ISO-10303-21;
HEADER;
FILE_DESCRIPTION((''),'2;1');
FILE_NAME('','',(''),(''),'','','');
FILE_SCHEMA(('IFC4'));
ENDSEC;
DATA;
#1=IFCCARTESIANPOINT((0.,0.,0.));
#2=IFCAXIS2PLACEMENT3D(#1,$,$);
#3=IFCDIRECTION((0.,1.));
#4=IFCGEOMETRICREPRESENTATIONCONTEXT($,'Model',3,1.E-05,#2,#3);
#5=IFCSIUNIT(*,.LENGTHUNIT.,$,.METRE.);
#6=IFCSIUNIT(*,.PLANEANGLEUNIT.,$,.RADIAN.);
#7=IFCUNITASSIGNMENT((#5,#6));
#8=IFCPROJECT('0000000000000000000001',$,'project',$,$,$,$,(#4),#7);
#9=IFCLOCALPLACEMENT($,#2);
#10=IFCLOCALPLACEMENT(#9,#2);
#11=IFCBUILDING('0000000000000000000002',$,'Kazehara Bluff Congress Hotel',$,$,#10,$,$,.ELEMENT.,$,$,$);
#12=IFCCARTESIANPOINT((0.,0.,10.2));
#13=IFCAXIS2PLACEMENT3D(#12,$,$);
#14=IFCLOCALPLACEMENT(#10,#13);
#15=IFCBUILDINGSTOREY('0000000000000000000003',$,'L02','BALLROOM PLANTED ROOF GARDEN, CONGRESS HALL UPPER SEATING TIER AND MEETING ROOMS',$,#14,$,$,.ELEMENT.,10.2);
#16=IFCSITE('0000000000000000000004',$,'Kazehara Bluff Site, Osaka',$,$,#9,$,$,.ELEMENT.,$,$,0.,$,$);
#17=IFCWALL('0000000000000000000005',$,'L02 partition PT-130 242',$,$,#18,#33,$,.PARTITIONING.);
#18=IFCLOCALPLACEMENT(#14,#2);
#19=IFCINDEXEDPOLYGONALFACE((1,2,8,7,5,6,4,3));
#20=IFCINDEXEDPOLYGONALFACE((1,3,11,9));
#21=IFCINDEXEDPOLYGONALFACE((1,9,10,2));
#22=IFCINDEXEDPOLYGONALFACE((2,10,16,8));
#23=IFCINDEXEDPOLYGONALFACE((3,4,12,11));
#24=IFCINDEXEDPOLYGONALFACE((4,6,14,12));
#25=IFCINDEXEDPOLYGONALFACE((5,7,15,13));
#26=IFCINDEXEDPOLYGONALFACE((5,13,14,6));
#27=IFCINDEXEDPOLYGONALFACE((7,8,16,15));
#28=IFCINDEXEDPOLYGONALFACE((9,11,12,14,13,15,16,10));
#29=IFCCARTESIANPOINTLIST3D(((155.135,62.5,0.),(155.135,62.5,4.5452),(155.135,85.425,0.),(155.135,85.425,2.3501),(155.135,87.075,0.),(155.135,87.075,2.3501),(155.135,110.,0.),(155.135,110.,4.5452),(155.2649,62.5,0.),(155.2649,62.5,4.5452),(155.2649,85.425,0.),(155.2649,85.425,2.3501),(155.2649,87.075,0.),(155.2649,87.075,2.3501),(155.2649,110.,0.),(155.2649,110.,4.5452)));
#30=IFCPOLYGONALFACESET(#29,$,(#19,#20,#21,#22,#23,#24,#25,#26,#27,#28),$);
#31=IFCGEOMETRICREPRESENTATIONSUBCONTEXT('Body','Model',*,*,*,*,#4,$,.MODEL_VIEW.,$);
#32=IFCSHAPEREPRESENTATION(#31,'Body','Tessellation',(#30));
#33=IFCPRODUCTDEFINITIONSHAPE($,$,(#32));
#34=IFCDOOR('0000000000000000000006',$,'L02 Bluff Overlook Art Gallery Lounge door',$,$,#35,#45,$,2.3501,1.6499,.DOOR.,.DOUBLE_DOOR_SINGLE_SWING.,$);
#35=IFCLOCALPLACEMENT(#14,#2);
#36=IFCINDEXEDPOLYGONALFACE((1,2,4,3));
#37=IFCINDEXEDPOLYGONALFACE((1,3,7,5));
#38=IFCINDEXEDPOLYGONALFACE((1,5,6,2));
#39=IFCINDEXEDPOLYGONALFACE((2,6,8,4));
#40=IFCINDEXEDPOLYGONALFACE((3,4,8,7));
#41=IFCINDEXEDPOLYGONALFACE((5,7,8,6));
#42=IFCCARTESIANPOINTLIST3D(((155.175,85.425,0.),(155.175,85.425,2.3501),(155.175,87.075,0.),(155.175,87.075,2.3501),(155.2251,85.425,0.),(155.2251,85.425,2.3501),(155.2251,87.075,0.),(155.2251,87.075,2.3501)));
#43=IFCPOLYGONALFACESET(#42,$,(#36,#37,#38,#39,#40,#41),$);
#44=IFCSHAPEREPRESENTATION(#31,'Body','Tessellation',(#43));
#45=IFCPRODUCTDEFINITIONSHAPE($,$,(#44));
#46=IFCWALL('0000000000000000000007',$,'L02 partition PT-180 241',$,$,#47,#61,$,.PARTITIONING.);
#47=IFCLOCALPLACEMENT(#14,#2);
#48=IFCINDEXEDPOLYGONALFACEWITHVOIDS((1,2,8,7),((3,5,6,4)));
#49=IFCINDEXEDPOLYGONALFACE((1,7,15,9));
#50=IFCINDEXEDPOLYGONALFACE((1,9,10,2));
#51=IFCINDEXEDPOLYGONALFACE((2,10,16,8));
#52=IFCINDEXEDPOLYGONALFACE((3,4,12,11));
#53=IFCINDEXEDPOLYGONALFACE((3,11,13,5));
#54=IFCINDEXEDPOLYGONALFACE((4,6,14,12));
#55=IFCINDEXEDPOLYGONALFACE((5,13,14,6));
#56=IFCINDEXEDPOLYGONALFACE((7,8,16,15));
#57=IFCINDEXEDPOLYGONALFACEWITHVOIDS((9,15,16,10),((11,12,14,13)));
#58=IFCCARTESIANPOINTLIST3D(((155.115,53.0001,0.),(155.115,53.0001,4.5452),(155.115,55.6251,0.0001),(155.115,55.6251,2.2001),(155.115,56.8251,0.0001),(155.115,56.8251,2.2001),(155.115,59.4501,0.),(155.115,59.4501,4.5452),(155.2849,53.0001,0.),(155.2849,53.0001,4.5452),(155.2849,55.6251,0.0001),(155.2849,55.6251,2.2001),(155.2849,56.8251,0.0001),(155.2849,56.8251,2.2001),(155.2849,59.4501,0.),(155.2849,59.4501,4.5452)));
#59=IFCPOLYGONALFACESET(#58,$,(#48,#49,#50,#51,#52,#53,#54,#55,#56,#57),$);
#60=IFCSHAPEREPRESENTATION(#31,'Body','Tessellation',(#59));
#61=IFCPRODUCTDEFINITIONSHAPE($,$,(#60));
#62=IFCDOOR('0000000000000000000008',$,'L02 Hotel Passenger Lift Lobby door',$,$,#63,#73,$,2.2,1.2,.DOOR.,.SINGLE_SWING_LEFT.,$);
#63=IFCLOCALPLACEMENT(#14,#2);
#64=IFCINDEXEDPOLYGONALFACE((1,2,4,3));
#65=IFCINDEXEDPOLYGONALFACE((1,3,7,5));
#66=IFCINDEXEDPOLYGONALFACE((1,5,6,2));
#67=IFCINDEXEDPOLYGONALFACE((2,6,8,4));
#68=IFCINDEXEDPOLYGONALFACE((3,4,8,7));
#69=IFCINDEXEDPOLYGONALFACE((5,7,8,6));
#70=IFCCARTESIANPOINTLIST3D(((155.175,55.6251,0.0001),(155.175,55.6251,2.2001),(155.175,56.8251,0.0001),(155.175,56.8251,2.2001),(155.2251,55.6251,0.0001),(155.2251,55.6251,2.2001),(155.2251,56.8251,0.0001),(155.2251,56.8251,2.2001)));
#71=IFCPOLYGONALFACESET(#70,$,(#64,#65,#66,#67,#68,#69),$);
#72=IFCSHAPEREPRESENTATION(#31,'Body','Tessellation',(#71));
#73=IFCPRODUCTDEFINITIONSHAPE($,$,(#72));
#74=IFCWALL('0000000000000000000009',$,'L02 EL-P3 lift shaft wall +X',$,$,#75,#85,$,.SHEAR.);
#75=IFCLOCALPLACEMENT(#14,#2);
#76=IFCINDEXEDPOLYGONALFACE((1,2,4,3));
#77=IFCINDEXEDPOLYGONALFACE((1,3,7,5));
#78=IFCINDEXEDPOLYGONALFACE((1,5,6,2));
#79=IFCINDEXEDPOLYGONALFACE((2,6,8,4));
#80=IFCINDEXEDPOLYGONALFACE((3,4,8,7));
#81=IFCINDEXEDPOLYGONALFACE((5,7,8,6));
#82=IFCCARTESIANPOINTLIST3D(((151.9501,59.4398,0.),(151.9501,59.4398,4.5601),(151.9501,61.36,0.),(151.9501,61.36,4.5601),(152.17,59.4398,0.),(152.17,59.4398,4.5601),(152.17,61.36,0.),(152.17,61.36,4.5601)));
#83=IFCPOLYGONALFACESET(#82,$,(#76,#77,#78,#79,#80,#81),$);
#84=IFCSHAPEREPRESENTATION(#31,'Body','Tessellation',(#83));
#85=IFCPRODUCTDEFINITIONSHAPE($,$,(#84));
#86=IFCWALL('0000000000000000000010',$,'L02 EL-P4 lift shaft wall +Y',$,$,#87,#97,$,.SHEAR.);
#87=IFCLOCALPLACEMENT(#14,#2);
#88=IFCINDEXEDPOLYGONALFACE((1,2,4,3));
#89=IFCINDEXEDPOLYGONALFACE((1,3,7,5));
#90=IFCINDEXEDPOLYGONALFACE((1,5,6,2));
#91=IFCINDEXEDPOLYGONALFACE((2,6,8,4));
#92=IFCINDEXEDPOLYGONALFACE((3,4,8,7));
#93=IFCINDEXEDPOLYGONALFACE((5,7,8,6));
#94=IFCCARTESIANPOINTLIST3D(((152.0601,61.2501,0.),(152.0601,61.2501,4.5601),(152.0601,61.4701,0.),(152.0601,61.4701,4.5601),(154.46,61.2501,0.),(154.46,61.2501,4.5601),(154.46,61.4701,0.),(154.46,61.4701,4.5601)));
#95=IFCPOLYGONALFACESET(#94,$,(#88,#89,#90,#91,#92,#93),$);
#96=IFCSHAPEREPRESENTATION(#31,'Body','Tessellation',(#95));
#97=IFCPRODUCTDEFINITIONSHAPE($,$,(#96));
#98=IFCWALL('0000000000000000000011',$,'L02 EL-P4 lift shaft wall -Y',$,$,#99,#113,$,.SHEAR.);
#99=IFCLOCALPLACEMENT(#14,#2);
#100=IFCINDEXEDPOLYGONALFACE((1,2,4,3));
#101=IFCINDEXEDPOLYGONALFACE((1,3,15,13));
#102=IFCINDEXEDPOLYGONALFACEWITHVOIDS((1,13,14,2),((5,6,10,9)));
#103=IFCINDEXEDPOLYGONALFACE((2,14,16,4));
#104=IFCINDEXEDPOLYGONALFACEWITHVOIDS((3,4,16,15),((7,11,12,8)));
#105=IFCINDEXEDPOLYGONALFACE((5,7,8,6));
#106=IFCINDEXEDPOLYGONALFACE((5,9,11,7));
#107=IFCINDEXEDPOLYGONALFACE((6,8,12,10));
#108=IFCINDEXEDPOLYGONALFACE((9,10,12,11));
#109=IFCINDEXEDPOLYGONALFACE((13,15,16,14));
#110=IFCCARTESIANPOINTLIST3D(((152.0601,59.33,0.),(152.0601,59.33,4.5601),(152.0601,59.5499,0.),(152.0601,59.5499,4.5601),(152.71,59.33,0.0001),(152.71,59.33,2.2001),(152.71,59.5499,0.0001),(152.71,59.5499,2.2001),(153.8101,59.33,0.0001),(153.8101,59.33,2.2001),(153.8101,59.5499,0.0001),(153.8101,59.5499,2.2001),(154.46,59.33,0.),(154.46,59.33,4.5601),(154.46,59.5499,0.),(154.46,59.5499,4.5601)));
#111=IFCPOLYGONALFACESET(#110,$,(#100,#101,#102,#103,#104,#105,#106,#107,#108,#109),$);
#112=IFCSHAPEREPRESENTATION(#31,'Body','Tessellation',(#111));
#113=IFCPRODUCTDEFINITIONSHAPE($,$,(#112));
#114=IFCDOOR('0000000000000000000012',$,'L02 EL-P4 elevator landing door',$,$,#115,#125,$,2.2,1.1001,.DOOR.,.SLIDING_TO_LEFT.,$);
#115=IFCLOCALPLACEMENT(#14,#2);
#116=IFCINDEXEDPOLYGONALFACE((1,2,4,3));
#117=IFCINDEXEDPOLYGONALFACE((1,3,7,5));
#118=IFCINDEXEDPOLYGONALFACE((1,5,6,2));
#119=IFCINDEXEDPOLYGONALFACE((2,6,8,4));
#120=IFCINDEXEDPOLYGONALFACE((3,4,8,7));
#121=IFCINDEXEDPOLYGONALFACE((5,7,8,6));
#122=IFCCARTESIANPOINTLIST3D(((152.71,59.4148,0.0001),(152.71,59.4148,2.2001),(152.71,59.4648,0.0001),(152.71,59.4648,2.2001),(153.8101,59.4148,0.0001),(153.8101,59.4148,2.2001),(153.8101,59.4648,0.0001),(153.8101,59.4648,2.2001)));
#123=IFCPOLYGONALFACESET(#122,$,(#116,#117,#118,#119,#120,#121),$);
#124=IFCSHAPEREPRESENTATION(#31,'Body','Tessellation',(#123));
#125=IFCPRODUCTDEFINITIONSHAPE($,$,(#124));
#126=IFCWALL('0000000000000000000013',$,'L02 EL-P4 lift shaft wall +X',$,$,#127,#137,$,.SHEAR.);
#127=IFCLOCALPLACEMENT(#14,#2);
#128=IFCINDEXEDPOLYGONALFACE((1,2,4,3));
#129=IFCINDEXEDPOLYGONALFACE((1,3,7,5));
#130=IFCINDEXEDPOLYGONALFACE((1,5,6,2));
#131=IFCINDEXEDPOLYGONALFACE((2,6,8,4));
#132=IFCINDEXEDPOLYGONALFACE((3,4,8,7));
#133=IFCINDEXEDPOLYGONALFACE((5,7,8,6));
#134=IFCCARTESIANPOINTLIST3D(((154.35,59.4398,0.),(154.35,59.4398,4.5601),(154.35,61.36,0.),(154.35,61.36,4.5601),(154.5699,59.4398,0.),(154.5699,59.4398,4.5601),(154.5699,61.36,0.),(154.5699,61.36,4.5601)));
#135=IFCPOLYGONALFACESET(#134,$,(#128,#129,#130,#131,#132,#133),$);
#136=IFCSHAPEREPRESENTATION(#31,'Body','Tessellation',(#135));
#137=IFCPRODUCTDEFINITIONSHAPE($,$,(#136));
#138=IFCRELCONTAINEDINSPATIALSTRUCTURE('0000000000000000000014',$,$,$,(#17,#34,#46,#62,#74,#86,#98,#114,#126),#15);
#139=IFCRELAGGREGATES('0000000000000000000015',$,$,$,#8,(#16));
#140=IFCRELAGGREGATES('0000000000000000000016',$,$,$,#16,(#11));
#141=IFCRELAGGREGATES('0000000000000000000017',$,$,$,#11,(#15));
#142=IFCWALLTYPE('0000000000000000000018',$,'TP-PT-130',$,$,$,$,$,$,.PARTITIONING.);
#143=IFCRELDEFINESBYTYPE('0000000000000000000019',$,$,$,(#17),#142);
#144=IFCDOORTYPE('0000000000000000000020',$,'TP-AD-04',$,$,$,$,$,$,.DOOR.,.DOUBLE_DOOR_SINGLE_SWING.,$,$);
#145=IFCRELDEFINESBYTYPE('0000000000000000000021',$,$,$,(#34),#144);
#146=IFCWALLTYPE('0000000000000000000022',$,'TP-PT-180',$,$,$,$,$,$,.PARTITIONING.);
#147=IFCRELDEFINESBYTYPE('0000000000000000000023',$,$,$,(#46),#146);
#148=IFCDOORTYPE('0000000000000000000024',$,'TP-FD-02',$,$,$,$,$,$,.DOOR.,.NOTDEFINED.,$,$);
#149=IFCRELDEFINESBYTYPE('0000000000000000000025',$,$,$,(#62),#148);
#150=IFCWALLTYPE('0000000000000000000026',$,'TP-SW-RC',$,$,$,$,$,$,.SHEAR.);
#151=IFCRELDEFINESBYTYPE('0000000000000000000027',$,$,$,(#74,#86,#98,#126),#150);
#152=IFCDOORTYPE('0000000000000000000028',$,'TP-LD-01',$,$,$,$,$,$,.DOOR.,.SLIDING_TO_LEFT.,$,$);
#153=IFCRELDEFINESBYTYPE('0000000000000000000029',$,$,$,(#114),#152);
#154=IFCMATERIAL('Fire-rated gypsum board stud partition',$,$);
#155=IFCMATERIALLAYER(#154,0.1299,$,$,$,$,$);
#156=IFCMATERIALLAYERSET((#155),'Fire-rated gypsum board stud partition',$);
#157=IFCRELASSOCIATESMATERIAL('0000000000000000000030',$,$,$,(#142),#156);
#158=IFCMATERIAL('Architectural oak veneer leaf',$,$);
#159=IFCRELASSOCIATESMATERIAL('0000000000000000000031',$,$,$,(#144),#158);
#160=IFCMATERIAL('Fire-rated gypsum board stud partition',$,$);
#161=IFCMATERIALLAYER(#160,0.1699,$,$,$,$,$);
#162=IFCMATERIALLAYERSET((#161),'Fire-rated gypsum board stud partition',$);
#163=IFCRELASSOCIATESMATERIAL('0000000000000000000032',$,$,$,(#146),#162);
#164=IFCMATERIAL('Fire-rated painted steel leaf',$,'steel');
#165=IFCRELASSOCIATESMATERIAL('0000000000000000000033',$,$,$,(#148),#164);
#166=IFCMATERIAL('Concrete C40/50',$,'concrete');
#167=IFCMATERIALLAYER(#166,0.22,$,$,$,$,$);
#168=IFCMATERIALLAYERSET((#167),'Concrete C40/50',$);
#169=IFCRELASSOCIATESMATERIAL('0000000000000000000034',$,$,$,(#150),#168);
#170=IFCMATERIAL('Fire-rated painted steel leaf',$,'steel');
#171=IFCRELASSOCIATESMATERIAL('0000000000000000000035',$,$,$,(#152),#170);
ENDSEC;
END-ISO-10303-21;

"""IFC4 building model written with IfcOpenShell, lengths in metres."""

from ifc_helpers import new_model, si_unit, direction, frame, frame_2d, origin, place, context, subcontext, project, spatial, rectangle, extrude, material, layer, layer_set, type_object, element, fill, save


model = new_model("IFC4")

# Units and contexts
model_context = context("Model", 3, precision=1e-05, world=origin(), true_north=direction((0.0, 1.0)))
body_context = subcontext(model_context, "Body", "Model", "MODEL_VIEW")
ifc_project = project(units=[si_unit("LENGTHUNIT", "METRE"), si_unit("PLANEANGLEUNIT", "RADIAN")], contexts=[model_context])

# Site, building, storey
site_placement = place(None, origin())
site = spatial("IfcSite", under=ifc_project, at=site_placement, Name="Kazehara Bluff Site, Osaka", CompositionType="ELEMENT", RefElevation=0.0)
building_placement = place(site_placement, origin())
building = spatial("IfcBuilding", under=site, at=building_placement, Name="Kazehara Bluff Congress Hotel", CompositionType="ELEMENT")
storey_placement = place(building_placement, frame((0.0, 0.0, 10.2)))
storey = spatial("IfcBuildingStorey", under=building, at=storey_placement, Name="L02", Description="BALLROOM PLANTED ROOF GARDEN, CONGRESS HALL UPPER SEATING TIER AND MEETING ROOMS", CompositionType="ELEMENT", Elevation=10.2)

# Walls, openings, doors
ifc_material_1 = material(Name="Fire-rated gypsum board stud partition")
ifc_layer_1 = layer(ifc_material_1, 0.1299)
ifc_layer_set_1 = layer_set([ifc_layer_1], Name="Fire-rated gypsum board stud partition")
wall_type_1 = type_object("IfcWallType", Name="TP-PT-130", PredefinedType="PARTITIONING", material=ifc_layer_set_1)
wall_1_placement = place(storey_placement, frame((155.2, 62.5, 0.0), z_axis=(0.0, 0.0, 1.0), x_axis=(0.0, 1.0, 0.0)))
wall_1 = element("IfcWall", 1, at=wall_1_placement, inside=storey, type_object=wall_type_1, Name="L02 partition PT-130 242", PredefinedType="PARTITIONING", context=body_context, shape_type="SweptSolid", body=[
    extrude(rectangle(XDim=47.5, YDim=0.1299, at=frame_2d((23.75, 0.0))), origin(), (0.0, 0.0, 1.0), 4.5452),
])
opening_1_placement = place(wall_1_placement, frame((22.925, 0.0, 0.0)))
opening_1 = element("IfcOpeningElement", 2, at=opening_1_placement, cuts=wall_1, PredefinedType="OPENING", context=body_context, shape_type="SweptSolid", body=[
    extrude(rectangle(XDim=1.6499, YDim=2.3501, at=frame_2d((0.825, 1.175))), frame((0.0, 0.075, 0.0), z_axis=(0.0, -1.0, 0.0), x_axis=(1.0, 0.0, 0.0)), (0.0, 0.0, 1.0), 0.1499),
])
ifc_material_2 = material(Name="Architectural oak veneer leaf")
door_type_1 = type_object("IfcDoorType", Name="TP-AD-04", OperationType="DOUBLE_DOOR_SINGLE_SWING", PredefinedType="DOOR", material=ifc_material_2)
door_1_placement = place(opening_1_placement, origin())
door_1 = element("IfcDoor", 3, at=door_1_placement, inside=storey, type_object=door_type_1, Name="L02 Bluff Overlook Art Gallery Lounge door", OperationType="DOUBLE_DOOR_SINGLE_SWING", OverallHeight=2.3501, OverallWidth=1.6499, PredefinedType="DOOR", context=body_context, shape_type="SweptSolid", body=[
    extrude(rectangle(XDim=1.6499, YDim=2.3501, at=frame_2d((0.825, 1.175))), frame((0.0, 0.0249, 0.0), z_axis=(0.0, -1.0, 0.0), x_axis=(1.0, 0.0, 0.0)), (0.0, 0.0, 1.0), 0.05),
])
fill(opening_1, door_1)
ifc_material_3 = material(Name="Fire-rated gypsum board stud partition")
ifc_layer_2 = layer(ifc_material_3, 0.1699)
ifc_layer_set_2 = layer_set([ifc_layer_2], Name="Fire-rated gypsum board stud partition")
wall_type_2 = type_object("IfcWallType", Name="TP-PT-180", PredefinedType="PARTITIONING", material=ifc_layer_set_2)
wall_2_placement = place(storey_placement, frame((155.2, 53.0, 0.0), z_axis=(0.0, 0.0, 1.0), x_axis=(0.0, 1.0, 0.0)))
wall_2 = element("IfcWall", 4, at=wall_2_placement, inside=storey, type_object=wall_type_2, Name="L02 partition PT-180 241", PredefinedType="PARTITIONING", context=body_context, shape_type="SweptSolid", body=[
    extrude(rectangle(XDim=6.45, YDim=0.1699, at=frame_2d((3.2251, 0.0))), origin(), (0.0, 0.0, 1.0), 4.5452),
])
opening_2_placement = place(wall_2_placement, frame((2.625, 0.0, 0.0)))
opening_2 = element("IfcOpeningElement", 5, at=opening_2_placement, cuts=wall_2, PredefinedType="OPENING", context=body_context, shape_type="SweptSolid", body=[
    extrude(rectangle(XDim=1.2, YDim=2.2, at=frame_2d((0.6001, 1.1001))), frame((0.0, 0.095, 0.0), z_axis=(0.0, -1.0, 0.0), x_axis=(1.0, 0.0, 0.0)), (0.0, 0.0, 1.0), 0.1899),
])
ifc_material_4 = material(Name="Fire-rated painted steel leaf", Category="steel")
door_type_2 = type_object("IfcDoorType", Name="TP-FD-02", OperationType="NOTDEFINED", PredefinedType="DOOR", material=ifc_material_4)
door_2_placement = place(opening_2_placement, origin())
door_2 = element("IfcDoor", 6, at=door_2_placement, inside=storey, type_object=door_type_2, Name="L02 Hotel Passenger Lift Lobby door", OperationType="SINGLE_SWING_LEFT", OverallHeight=2.2, OverallWidth=1.2, PredefinedType="DOOR", context=body_context, shape_type="SweptSolid", body=[
    extrude(rectangle(XDim=1.2, YDim=2.2, at=frame_2d((0.6001, 1.1001))), frame((0.0, 0.0249, 0.0), z_axis=(0.0, -1.0, 0.0), x_axis=(1.0, 0.0, 0.0)), (0.0, 0.0, 1.0), 0.05),
])
fill(opening_2, door_2)

# Walls
ifc_material_5 = material(Name="Concrete C40/50", Category="concrete")
ifc_layer_3 = layer(ifc_material_5, 0.22)
ifc_layer_set_3 = layer_set([ifc_layer_3], Name="Concrete C40/50")
wall_type_3 = type_object("IfcWallType", Name="TP-SW-RC", PredefinedType="SHEAR", material=ifc_layer_set_3)
wall_3_placement = place(storey_placement, frame((152.0601, 59.4399, 0.0), z_axis=(0.0, 0.0, 1.0), x_axis=(0.0, 1.0, 0.0)))
element("IfcWall", 7, at=wall_3_placement, inside=storey, type_object=wall_type_3, Name="L02 EL-P3 lift shaft wall +X", PredefinedType="SHEAR", context=body_context, shape_type="SweptSolid", body=[
    extrude(rectangle(XDim=1.9202, YDim=0.22, at=frame_2d((0.96, 0.0))), origin(), (0.0, 0.0, 1.0), 4.5601),
])
wall_4_placement = place(storey_placement, frame((152.0601, 61.3601, 0.0), z_axis=(0.0, 0.0, 1.0), x_axis=(1.0, 0.0, 0.0)))
element("IfcWall", 8, at=wall_4_placement, inside=storey, type_object=wall_type_3, Name="L02 EL-P4 lift shaft wall +Y", PredefinedType="SHEAR", context=body_context, shape_type="SweptSolid", body=[
    extrude(rectangle(XDim=2.3999, YDim=0.22, at=frame_2d((1.2, 0.0))), origin(), (0.0, 0.0, 1.0), 4.5601),
])

# Wall, opening, door
wall_5_placement = place(storey_placement, frame((152.0601, 59.4399, 0.0), z_axis=(0.0, 0.0, 1.0), x_axis=(1.0, 0.0, 0.0)))
wall_5 = element("IfcWall", 9, at=wall_5_placement, inside=storey, type_object=wall_type_3, Name="L02 EL-P4 lift shaft wall -Y", PredefinedType="SHEAR", context=body_context, shape_type="SweptSolid", body=[
    extrude(rectangle(XDim=2.3999, YDim=0.22, at=frame_2d((1.2, 0.0))), origin(), (0.0, 0.0, 1.0), 4.5601),
])
opening_3_placement = place(wall_5_placement, frame((0.6499, 0.0, 0.0)))
opening_3 = element("IfcOpeningElement", 10, at=opening_3_placement, cuts=wall_5, PredefinedType="OPENING", context=body_context, shape_type="SweptSolid", body=[
    extrude(rectangle(XDim=1.1001, YDim=2.2, at=frame_2d((0.55, 1.1001))), frame((0.0, 0.1199, 0.0), z_axis=(0.0, -1.0, 0.0), x_axis=(1.0, 0.0, 0.0)), (0.0, 0.0, 1.0), 0.24),
])
ifc_material_6 = material(Name="Fire-rated painted steel leaf", Category="steel")
door_type_3 = type_object("IfcDoorType", Name="TP-LD-01", OperationType="SLIDING_TO_LEFT", PredefinedType="DOOR", material=ifc_material_6)
door_3_placement = place(opening_3_placement, origin())
door_3 = element("IfcDoor", 11, at=door_3_placement, inside=storey, type_object=door_type_3, Name="L02 EL-P4 elevator landing door", OperationType="SLIDING_TO_LEFT", OverallHeight=2.2, OverallWidth=1.1001, PredefinedType="DOOR", context=body_context, shape_type="SweptSolid", body=[
    extrude(rectangle(XDim=1.1001, YDim=2.2, at=frame_2d((0.55, 1.1001))), frame((0.0, 0.0249, 0.0), z_axis=(0.0, -1.0, 0.0), x_axis=(1.0, 0.0, 0.0)), (0.0, 0.0, 1.0), 0.05),
])
fill(opening_3, door_3)

# Wall
wall_6_placement = place(storey_placement, frame((154.46, 59.4399, 0.0), z_axis=(0.0, 0.0, 1.0), x_axis=(0.0, 1.0, 0.0)))
element("IfcWall", 12, at=wall_6_placement, inside=storey, type_object=wall_type_3, Name="L02 EL-P4 lift shaft wall +X", PredefinedType="SHEAR", context=body_context, shape_type="SweptSolid", body=[
    extrude(rectangle(XDim=1.9202, YDim=0.22, at=frame_2d((0.96, 0.0))), origin(), (0.0, 0.0, 1.0), 4.5601),
])

save(model, "model.ifc")
